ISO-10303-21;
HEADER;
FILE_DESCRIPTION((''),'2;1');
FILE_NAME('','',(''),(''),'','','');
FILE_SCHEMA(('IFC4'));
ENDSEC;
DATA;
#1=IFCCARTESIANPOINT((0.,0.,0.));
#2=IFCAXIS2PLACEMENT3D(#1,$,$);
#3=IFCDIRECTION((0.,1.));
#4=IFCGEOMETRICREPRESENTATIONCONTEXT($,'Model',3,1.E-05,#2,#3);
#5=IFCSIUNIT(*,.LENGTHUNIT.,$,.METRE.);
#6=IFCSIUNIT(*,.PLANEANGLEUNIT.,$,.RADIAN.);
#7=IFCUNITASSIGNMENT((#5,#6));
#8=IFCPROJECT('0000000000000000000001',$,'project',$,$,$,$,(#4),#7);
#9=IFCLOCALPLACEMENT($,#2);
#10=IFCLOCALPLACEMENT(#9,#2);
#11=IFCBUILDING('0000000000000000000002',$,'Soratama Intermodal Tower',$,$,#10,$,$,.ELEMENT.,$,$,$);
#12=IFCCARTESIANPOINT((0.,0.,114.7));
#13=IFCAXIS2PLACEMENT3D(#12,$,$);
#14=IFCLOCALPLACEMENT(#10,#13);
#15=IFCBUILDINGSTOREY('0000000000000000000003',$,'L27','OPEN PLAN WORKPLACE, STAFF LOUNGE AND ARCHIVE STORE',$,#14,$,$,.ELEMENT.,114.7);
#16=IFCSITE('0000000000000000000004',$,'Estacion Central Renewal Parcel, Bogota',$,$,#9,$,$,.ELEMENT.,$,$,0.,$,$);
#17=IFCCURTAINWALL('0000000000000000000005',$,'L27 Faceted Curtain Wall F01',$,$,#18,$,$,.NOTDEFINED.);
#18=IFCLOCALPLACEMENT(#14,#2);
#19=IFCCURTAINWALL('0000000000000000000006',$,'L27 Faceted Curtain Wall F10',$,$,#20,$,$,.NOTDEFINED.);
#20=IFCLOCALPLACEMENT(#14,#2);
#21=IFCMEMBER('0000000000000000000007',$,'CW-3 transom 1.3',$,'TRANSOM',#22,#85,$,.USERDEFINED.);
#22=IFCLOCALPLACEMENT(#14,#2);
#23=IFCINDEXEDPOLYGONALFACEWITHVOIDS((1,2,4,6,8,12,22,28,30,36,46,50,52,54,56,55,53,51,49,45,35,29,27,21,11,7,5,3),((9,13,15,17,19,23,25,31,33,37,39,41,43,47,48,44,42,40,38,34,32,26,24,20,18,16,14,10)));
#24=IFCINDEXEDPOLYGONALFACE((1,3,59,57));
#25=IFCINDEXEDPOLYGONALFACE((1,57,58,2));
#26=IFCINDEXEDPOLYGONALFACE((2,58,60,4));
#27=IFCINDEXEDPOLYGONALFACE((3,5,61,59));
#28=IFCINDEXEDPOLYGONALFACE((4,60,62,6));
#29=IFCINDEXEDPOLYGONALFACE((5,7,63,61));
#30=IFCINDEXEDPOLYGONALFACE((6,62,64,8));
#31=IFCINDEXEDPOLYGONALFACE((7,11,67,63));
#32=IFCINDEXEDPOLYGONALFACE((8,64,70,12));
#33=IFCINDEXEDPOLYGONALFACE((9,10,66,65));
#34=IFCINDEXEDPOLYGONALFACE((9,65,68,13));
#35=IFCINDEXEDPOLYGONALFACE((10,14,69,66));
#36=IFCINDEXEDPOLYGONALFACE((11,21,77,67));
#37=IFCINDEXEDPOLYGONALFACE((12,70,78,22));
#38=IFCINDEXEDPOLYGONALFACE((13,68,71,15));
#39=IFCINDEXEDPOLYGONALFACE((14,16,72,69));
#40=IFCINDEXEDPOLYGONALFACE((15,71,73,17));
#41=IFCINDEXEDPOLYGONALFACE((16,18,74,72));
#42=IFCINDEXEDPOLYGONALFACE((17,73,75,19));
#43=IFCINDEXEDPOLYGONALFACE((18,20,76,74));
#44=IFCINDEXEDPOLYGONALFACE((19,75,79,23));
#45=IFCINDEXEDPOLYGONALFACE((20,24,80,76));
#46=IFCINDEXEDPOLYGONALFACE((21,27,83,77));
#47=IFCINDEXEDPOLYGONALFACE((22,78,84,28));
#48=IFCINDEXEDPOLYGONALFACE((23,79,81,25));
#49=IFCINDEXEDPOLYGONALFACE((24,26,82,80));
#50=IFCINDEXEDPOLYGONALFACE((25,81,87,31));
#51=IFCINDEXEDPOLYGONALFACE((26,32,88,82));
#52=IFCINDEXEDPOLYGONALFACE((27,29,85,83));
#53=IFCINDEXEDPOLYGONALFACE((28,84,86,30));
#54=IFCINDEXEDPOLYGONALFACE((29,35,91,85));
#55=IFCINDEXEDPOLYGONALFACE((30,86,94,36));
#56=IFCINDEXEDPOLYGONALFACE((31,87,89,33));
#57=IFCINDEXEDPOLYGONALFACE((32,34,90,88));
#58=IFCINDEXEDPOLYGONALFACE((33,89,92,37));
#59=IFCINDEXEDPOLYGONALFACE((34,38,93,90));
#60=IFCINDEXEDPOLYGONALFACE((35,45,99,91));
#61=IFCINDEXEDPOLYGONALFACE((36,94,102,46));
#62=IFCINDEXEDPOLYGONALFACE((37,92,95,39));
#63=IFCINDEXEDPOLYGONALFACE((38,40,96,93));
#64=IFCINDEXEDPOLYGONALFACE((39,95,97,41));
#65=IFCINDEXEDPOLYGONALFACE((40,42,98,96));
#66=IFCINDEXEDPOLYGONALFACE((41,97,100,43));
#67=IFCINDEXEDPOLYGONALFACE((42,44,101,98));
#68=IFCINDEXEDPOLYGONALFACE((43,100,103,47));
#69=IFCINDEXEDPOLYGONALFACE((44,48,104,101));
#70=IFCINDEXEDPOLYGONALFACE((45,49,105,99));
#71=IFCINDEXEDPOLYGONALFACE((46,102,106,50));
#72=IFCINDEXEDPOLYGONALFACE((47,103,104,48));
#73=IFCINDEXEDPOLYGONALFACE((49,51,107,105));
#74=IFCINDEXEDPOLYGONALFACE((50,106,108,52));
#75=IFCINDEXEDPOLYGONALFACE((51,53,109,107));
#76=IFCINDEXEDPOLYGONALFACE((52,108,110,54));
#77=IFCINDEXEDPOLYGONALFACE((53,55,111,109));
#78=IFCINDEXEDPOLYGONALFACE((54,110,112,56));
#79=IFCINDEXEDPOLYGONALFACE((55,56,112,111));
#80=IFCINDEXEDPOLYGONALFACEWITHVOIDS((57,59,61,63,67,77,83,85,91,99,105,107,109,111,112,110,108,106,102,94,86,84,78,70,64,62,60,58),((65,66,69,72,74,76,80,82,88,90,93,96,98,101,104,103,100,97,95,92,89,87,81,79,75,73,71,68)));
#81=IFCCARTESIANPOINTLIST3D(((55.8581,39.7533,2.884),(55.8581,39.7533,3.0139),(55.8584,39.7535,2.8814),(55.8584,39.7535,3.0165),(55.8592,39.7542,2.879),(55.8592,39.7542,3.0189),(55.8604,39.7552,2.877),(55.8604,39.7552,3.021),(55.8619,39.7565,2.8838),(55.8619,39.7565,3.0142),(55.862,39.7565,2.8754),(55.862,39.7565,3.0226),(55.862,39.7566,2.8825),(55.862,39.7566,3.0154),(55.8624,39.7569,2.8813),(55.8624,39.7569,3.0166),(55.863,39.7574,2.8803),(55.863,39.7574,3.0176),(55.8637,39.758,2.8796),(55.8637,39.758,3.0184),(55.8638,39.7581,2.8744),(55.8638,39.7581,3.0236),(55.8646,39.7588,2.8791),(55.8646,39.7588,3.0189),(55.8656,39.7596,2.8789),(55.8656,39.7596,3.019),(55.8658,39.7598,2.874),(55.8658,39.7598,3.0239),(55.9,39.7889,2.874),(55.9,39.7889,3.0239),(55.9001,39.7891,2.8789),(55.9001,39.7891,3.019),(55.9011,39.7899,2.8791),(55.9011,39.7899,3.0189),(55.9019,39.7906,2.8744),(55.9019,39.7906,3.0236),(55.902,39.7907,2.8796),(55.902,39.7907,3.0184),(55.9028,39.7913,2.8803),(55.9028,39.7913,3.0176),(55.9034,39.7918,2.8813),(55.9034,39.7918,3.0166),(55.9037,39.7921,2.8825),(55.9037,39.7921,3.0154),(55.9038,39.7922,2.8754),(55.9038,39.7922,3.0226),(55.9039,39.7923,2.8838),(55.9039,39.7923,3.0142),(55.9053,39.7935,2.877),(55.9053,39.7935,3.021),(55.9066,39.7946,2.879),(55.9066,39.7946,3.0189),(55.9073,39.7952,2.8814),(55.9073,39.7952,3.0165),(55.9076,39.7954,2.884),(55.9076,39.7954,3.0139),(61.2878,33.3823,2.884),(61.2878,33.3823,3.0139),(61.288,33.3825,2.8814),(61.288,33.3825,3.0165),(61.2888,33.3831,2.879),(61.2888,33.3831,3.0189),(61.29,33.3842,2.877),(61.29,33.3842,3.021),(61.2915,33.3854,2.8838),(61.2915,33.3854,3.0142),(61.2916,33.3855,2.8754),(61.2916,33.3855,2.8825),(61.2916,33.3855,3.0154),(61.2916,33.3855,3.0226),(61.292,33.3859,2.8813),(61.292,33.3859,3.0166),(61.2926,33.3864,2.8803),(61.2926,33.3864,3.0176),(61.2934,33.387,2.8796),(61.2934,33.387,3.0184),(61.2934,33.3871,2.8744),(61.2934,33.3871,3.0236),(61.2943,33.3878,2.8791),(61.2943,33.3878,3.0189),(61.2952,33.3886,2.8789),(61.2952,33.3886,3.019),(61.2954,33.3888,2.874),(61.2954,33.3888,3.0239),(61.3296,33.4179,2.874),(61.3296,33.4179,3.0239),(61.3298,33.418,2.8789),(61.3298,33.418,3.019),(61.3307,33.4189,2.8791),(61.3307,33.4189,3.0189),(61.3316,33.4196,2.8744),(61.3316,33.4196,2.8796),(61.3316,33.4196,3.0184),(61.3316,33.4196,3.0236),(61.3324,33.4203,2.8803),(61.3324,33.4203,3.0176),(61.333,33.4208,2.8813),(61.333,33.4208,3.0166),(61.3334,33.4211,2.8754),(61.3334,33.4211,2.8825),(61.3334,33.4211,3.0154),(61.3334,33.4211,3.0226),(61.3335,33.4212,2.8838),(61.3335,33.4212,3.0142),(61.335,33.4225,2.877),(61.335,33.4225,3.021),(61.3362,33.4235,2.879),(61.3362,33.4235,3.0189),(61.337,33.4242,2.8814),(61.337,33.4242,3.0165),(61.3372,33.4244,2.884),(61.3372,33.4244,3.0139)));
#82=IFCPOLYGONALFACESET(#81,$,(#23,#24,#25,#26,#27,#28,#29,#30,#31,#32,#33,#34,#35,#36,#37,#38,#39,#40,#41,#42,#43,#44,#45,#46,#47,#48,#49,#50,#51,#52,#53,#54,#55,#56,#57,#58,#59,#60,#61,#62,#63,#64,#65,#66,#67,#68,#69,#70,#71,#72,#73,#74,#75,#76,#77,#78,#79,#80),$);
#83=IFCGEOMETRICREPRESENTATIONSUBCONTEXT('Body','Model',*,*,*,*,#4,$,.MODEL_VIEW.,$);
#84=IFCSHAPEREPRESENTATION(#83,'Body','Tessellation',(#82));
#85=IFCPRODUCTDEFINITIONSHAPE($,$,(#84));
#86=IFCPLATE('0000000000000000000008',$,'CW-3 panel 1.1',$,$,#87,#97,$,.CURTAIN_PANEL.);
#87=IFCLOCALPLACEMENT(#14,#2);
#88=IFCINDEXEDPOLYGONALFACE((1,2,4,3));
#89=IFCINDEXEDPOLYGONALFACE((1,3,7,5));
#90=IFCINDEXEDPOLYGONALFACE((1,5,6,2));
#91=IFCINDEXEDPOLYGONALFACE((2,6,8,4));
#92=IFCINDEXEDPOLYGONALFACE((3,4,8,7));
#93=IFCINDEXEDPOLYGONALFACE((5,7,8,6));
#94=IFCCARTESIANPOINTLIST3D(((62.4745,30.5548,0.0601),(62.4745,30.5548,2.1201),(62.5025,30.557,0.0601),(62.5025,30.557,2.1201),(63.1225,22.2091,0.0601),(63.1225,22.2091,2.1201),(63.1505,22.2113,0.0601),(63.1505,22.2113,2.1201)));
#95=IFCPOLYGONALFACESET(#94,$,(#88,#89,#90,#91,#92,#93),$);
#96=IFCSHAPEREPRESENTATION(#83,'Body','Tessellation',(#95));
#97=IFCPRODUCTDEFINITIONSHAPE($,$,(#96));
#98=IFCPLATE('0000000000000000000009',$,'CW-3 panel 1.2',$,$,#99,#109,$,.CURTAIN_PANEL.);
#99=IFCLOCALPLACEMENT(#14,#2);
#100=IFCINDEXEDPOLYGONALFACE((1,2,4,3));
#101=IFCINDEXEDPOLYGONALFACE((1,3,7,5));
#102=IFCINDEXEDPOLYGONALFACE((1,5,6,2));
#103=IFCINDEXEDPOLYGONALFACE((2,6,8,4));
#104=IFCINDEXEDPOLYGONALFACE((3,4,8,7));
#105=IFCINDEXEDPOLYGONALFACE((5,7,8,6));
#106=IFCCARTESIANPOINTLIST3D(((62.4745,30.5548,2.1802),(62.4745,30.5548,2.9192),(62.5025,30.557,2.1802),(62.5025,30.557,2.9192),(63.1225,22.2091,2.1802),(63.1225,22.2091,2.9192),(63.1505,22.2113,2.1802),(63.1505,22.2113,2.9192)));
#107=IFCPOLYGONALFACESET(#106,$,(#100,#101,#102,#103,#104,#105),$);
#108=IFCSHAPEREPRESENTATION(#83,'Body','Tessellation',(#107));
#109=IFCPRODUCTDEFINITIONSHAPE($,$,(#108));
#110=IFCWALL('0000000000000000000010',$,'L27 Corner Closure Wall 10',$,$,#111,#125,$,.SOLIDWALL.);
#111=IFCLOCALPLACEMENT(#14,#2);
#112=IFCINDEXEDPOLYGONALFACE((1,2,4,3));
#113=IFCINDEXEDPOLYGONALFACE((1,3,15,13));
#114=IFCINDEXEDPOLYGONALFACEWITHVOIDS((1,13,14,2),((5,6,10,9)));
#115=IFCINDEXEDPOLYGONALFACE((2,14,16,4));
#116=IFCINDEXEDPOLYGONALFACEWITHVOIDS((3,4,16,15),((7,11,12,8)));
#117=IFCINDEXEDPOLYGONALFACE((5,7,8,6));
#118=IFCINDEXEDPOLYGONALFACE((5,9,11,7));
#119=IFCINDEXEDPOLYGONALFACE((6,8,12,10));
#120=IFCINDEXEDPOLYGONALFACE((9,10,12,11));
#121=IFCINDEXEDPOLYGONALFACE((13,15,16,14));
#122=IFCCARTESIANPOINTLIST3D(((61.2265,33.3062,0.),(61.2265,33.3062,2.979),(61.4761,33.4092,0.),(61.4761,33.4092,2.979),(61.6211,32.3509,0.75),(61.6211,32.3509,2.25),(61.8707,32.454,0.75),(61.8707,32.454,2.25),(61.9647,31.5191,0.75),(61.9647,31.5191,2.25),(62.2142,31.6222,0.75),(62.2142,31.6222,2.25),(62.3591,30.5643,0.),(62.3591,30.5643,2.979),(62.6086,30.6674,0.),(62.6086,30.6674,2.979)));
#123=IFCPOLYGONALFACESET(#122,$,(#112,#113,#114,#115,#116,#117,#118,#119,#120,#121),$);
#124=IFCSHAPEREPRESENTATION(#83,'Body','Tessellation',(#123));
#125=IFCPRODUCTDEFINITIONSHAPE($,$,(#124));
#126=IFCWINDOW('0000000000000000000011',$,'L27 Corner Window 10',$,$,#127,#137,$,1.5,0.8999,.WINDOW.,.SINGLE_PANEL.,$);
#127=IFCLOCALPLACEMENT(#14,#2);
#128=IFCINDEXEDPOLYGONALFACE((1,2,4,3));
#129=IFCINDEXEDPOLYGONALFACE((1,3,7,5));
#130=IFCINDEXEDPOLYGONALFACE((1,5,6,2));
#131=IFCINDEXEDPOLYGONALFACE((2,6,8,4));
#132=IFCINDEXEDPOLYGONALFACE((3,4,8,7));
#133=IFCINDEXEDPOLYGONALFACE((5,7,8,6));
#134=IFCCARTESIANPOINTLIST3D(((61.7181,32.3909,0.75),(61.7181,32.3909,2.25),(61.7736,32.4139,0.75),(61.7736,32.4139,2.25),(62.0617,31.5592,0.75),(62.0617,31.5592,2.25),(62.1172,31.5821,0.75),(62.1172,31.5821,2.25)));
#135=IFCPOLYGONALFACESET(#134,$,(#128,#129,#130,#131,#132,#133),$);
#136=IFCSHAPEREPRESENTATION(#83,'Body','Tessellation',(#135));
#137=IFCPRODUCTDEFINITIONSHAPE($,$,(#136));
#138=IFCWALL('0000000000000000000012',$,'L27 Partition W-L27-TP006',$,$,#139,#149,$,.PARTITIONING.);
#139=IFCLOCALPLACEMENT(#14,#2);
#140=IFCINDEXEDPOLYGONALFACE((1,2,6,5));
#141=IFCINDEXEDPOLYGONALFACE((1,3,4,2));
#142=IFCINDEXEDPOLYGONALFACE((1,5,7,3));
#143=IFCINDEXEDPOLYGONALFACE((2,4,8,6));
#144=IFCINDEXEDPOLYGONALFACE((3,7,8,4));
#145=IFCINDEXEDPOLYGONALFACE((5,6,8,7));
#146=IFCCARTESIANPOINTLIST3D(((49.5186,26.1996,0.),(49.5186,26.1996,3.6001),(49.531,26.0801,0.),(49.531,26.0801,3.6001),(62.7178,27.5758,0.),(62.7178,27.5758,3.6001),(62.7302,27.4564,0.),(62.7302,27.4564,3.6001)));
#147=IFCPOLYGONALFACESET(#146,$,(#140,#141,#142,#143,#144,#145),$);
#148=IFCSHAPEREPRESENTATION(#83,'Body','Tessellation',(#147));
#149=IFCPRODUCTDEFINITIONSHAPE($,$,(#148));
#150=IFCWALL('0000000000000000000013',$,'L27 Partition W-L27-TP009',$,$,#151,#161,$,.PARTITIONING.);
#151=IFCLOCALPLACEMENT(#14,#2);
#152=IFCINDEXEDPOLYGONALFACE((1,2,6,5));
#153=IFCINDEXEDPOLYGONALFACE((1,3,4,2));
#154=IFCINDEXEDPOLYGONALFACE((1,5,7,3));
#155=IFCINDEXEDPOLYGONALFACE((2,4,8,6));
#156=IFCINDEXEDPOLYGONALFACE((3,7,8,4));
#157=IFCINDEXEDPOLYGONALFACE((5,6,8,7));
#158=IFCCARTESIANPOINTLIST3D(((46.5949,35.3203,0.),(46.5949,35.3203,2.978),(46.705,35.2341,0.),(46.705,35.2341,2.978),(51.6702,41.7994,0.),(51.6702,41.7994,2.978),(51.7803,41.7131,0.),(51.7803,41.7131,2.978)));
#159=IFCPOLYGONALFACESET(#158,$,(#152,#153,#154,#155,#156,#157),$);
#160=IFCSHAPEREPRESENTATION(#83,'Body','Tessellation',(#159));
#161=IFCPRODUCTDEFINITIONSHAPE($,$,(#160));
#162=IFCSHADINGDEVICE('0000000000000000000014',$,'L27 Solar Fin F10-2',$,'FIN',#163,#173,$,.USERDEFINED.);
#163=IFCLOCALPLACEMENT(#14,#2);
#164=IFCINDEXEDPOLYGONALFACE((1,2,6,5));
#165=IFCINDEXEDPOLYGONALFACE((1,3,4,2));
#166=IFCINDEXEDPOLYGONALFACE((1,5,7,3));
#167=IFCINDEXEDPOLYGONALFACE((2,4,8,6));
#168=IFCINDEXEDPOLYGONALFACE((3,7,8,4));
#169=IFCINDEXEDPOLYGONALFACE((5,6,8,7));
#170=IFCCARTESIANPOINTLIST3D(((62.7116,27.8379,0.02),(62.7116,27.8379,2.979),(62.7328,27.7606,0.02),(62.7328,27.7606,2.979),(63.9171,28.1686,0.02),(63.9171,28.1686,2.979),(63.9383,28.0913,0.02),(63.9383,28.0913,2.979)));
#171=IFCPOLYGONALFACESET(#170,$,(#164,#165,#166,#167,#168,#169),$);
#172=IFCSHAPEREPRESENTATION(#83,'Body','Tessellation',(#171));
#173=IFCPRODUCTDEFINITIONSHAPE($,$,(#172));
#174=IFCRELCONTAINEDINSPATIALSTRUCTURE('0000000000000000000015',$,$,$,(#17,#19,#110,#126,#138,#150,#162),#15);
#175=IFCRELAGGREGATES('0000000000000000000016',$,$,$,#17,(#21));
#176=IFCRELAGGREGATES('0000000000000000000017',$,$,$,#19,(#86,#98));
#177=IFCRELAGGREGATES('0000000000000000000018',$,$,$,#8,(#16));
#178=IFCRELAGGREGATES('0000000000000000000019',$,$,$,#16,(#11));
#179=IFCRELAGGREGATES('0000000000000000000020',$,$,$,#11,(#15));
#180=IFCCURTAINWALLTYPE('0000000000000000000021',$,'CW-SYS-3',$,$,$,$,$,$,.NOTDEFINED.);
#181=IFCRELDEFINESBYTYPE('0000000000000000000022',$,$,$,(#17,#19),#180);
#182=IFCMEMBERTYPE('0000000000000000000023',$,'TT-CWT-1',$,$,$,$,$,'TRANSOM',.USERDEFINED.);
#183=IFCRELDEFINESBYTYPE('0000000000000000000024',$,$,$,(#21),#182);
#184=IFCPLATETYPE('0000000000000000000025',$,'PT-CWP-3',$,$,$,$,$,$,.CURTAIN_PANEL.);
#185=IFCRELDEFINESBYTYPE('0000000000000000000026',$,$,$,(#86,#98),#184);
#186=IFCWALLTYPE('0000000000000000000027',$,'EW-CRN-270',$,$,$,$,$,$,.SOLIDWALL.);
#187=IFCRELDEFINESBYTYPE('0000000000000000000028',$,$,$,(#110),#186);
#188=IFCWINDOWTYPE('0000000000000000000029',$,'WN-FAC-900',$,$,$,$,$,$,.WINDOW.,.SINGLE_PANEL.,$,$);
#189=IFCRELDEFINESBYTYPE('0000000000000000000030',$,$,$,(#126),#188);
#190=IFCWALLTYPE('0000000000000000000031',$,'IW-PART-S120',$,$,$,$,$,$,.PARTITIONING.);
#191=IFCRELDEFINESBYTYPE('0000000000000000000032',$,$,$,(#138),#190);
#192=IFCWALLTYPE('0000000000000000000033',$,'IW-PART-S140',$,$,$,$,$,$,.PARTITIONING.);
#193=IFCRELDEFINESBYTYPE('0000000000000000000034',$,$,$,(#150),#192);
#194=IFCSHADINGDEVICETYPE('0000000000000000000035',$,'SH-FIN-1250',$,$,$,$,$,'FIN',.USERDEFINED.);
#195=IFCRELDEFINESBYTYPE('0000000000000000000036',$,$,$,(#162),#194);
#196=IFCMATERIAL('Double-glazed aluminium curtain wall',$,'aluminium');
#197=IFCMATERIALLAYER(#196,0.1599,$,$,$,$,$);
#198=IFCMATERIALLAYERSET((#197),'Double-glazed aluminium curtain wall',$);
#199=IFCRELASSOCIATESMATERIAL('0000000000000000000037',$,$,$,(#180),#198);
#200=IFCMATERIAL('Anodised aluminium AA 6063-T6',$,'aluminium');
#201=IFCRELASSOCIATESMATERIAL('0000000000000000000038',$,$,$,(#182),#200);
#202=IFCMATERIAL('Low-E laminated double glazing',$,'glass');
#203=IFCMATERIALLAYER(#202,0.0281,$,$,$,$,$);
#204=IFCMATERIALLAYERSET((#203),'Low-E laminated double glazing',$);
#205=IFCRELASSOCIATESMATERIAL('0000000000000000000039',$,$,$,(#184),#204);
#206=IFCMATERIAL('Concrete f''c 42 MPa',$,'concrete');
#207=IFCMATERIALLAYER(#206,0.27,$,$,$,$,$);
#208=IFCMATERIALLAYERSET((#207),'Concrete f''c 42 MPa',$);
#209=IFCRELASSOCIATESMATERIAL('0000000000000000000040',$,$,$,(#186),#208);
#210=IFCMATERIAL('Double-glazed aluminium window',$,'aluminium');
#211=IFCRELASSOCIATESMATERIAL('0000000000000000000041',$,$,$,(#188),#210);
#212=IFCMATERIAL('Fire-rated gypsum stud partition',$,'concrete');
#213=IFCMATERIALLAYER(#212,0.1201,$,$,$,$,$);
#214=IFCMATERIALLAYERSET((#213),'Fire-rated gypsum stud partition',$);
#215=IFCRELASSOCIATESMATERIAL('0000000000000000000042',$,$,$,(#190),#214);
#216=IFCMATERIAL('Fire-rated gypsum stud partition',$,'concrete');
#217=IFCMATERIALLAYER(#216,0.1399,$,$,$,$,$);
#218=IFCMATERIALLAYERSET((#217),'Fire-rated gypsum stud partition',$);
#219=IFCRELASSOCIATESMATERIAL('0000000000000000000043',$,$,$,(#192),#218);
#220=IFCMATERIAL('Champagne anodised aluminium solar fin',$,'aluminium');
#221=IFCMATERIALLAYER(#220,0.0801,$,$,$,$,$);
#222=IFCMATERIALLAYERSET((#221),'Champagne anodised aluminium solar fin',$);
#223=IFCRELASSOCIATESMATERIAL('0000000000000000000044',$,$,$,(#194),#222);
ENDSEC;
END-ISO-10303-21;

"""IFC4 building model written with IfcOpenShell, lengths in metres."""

from ifc_helpers import new_model, si_unit, direction, frame, frame_2d, origin, origin_2d, place, context, subcontext, project, spatial, rectangle, hollow_rectangle, extrude, material, layer, layer_set, material_profile, profile_set, type_object, element, fill, aggregate, save


model = new_model("IFC4")

# Units and contexts
model_context = context("Model", 3, precision=1e-05, world=origin(), true_north=direction((0.0, 1.0)))
body_context = subcontext(model_context, "Body", "Model", "MODEL_VIEW")
ifc_project = project(units=[si_unit("LENGTHUNIT", "METRE"), si_unit("PLANEANGLEUNIT", "RADIAN")], contexts=[model_context])

# Site, building, storey
site_placement = place(None, origin())
site = spatial("IfcSite", under=ifc_project, at=site_placement, Name="Estacion Central Renewal Parcel, Bogota", CompositionType="ELEMENT", RefElevation=0.0)
building_placement = place(site_placement, origin())
building = spatial("IfcBuilding", under=site, at=building_placement, Name="Soratama Intermodal Tower", CompositionType="ELEMENT")
storey_placement = place(building_placement, frame((0.0, 0.0, 114.7)))
storey = spatial("IfcBuildingStorey", under=building, at=storey_placement, Name="L27", Description="OPEN PLAN WORKPLACE, STAFF LOUNGE AND ARCHIVE STORE", CompositionType="ELEMENT", Elevation=114.7)

# Curtain walls
ifc_material_1 = material(Name="Double-glazed aluminium curtain wall", Category="aluminium")
ifc_layer_1 = layer(ifc_material_1, 0.1599)
ifc_layer_set_1 = layer_set([ifc_layer_1], Name="Double-glazed aluminium curtain wall")
curtain_wall_type = type_object("IfcCurtainWallType", Name="CW-SYS-3", PredefinedType="NOTDEFINED", material=ifc_layer_set_1)
curtain_wall_1_placement = place(storey_placement, origin())
curtain_wall_1 = element("IfcCurtainWall", 1, at=curtain_wall_1_placement, inside=storey, type_object=curtain_wall_type, Name="L27 Faceted Curtain Wall F01", PredefinedType="NOTDEFINED")
curtain_wall_2_placement = place(storey_placement, origin())
curtain_wall_2 = element("IfcCurtainWall", 2, at=curtain_wall_2_placement, inside=storey, type_object=curtain_wall_type, Name="L27 Faceted Curtain Wall F10", PredefinedType="NOTDEFINED")

# Member
ifc_material_2 = material(Name="Anodised aluminium AA 6063-T6", Category="aluminium")
ifc_material_profile_1 = material_profile(ifc_material_2, hollow_rectangle(XDim=0.0649, YDim=0.1499, WallThickness=0.0049, InnerFilletRadius=0.0049, OuterFilletRadius=0.01, at=origin_2d()), Name="CWT150X65X5")
ifc_profile_set_1 = profile_set([ifc_material_profile_1], Name="Anodised aluminium AA 6063-T6")
member_type_1 = type_object("IfcMemberType", Name="TT-CWT-1", ElementType="TRANSOM", PredefinedType="USERDEFINED", material=ifc_profile_set_1)
member_1_placement = place(storey_placement, frame((61.3125, 33.4033, 2.949), z_axis=(-0.648637, 0.761098, 0.0), x_axis=(-0.761098, -0.648637, 0.0)))
member_1 = element("IfcMember", 3, at=member_1_placement, type_object=member_type_1, Name="CW-3 transom 1.3", ObjectType="TRANSOM", PredefinedType="USERDEFINED", context=body_context, shape_type="SweptSolid", body=[
    extrude(hollow_rectangle(XDim=0.0649, YDim=0.1499, WallThickness=0.0049, InnerFilletRadius=0.0049, OuterFilletRadius=0.01, at=origin_2d()), origin(), (0.0, 0.0, 1.0), 8.3708),
])
aggregate(curtain_wall_1, [member_1])

# Plates
ifc_material_3 = material(Name="Low-E laminated double glazing", Category="glass")
ifc_layer_2 = layer(ifc_material_3, 0.0281)
ifc_layer_set_2 = layer_set([ifc_layer_2], Name="Low-E laminated double glazing")
plate_type = type_object("IfcPlateType", Name="PT-CWP-3", PredefinedType="CURTAIN_PANEL", material=ifc_layer_set_2)
plate_1_placement = place(storey_placement, frame((62.8125, 26.3831, 0.0601), z_axis=(0.0, 0.0, 1.0), x_axis=(-0.077412, 0.996999, 0.0)))
plate_1 = element("IfcPlate", 4, at=plate_1_placement, type_object=plate_type, Name="CW-3 panel 1.1", PredefinedType="CURTAIN_PANEL", context=body_context, shape_type="SweptSolid", body=[
    extrude(rectangle(XDim=8.3708, YDim=0.0281, at=origin_2d()), origin(), (0.0, 0.0, 1.0), 2.0601),
])
plate_2_placement = place(storey_placement, frame((62.8125, 26.3831, 2.1802), z_axis=(0.0, 0.0, 1.0), x_axis=(-0.077412, 0.996999, 0.0)))
plate_2 = element("IfcPlate", 5, at=plate_2_placement, type_object=plate_type, Name="CW-3 panel 1.2", PredefinedType="CURTAIN_PANEL", context=body_context, shape_type="SweptSolid", body=[
    extrude(rectangle(XDim=8.3708, YDim=0.0281, at=origin_2d()), origin(), (0.0, 0.0, 1.0), 0.739),
])
aggregate(curtain_wall_2, [plate_1, plate_2])

# Wall, opening, window
ifc_material_4 = material(Name="Concrete f'c 42 MPa", Category="concrete")
ifc_layer_3 = layer(ifc_material_4, 0.27)
ifc_layer_set_3 = layer_set([ifc_layer_3], Name="Concrete f'c 42 MPa")
wall_type_1 = type_object("IfcWallType", Name="EW-CRN-270", PredefinedType="SOLIDWALL", material=ifc_layer_set_3)
wall_1_placement = place(storey_placement, frame((62.4839, 30.6157, 0.0), z_axis=(0.0, 0.0, 1.0), x_axis=(-0.381768, 0.924258, 0.0)))
wall_1 = element("IfcWall", 6, at=wall_1_placement, inside=storey, type_object=wall_type_1, Name="L27 Corner Closure Wall 10", PredefinedType="SOLIDWALL", context=body_context, shape_type="SweptSolid", body=[
    extrude(rectangle(XDim=2.9666, YDim=0.27, at=frame_2d((1.4834, 0.0))), origin(), (0.0, 0.0, 1.0), 2.979),
])
opening_1_placement = place(wall_1_placement, frame((1.0332, 0.0, 0.75)))
opening_1 = element("IfcOpeningElement", 7, at=opening_1_placement, cuts=wall_1, PredefinedType="OPENING", context=body_context, shape_type="SweptSolid", body=[
    extrude(rectangle(XDim=0.8999, YDim=1.5, at=frame_2d((0.45, 0.75))), frame((0.0, 0.145, 0.0), z_axis=(0.0, -1.0, 0.0), x_axis=(1.0, 0.0, 0.0)), (0.0, 0.0, 1.0), 0.29),
])
ifc_material_5 = material(Name="Double-glazed aluminium window", Category="aluminium")
window_type = type_object("IfcWindowType", Name="WN-FAC-900", PartitioningType="SINGLE_PANEL", PredefinedType="WINDOW", material=ifc_material_5)
window_placement = place(opening_1_placement, origin())
window = element("IfcWindow", 8, at=window_placement, inside=storey, type_object=window_type, Name="L27 Corner Window 10", OverallHeight=1.5, OverallWidth=0.8999, PartitioningType="SINGLE_PANEL", PredefinedType="WINDOW", context=body_context, shape_type="SweptSolid", body=[
    extrude(rectangle(XDim=0.8999, YDim=1.5, at=frame_2d((0.45, 0.75))), frame((0.0, 0.03, 0.0), z_axis=(0.0, -1.0, 0.0), x_axis=(1.0, 0.0, 0.0)), (0.0, 0.0, 1.0), 0.0601),
])
fill(opening_1, window)

# Walls
ifc_material_6 = material(Name="Fire-rated gypsum stud partition", Category="concrete")
ifc_layer_4 = layer(ifc_material_6, 0.1201)
ifc_layer_set_4 = layer_set([ifc_layer_4], Name="Fire-rated gypsum stud partition")
wall_type_2 = type_object("IfcWallType", Name="IW-PART-S120", PredefinedType="PARTITIONING", material=ifc_layer_set_4)
wall_2_placement = place(storey_placement, frame((49.5249, 26.1399, 0.0), z_axis=(0.0, 0.0, 1.0), x_axis=(0.994608, 0.103703, 0.0)))
element("IfcWall", 9, at=wall_2_placement, inside=storey, type_object=wall_type_2, Name="L27 Partition W-L27-TP006", PredefinedType="PARTITIONING", context=body_context, shape_type="SweptSolid", body=[
    extrude(rectangle(XDim=13.2708, YDim=0.1201, at=frame_2d((6.6353, 0.0))), origin(), (0.0, 0.0, 1.0), 3.6001),
])
ifc_material_7 = material(Name="Fire-rated gypsum stud partition", Category="concrete")
ifc_layer_5 = layer(ifc_material_7, 0.1399)
ifc_layer_set_5 = layer_set([ifc_layer_5], Name="Fire-rated gypsum stud partition")
wall_type_3 = type_object("IfcWallType", Name="IW-PART-S140", PredefinedType="PARTITIONING", material=ifc_layer_set_5)
wall_3_placement = place(storey_placement, frame((46.6499, 35.2771, 0.0), z_axis=(0.0, 0.0, 1.0), x_axis=(0.61666, 0.787229, 0.0)))
element("IfcWall", 10, at=wall_3_placement, inside=storey, type_object=wall_type_3, Name="L27 Partition W-L27-TP009", PredefinedType="PARTITIONING", context=body_context, shape_type="SweptSolid", body=[
    extrude(rectangle(XDim=8.2302, YDim=0.1399, at=frame_2d((4.1152, 0.0))), origin(), (0.0, 0.0, 1.0), 2.978),
])

# Shading device
ifc_material_8 = material(Name="Champagne anodised aluminium solar fin", Category="aluminium")
ifc_layer_6 = layer(ifc_material_8, 0.0801)
ifc_layer_set_6 = layer_set([ifc_layer_6], Name="Champagne anodised aluminium solar fin")
shading_device_type = type_object("IfcShadingDeviceType", Name="SH-FIN-1250", ElementType="FIN", PredefinedType="USERDEFINED", material=ifc_layer_set_6)
shading_device_placement = place(storey_placement, frame((63.325, 27.9646, 0.02), z_axis=(0.0, 0.0, 1.0), x_axis=(0.964373, 0.264546, 0.0)))
element("IfcShadingDevice", 11, at=shading_device_placement, inside=storey, type_object=shading_device_type, Name="L27 Solar Fin F10-2", ObjectType="FIN", PredefinedType="USERDEFINED", context=body_context, shape_type="SweptSolid", body=[
    extrude(rectangle(XDim=1.25, YDim=0.0801, at=origin_2d()), origin(), (0.0, 0.0, 1.0), 2.959),
])

save(model, "model.ifc")
